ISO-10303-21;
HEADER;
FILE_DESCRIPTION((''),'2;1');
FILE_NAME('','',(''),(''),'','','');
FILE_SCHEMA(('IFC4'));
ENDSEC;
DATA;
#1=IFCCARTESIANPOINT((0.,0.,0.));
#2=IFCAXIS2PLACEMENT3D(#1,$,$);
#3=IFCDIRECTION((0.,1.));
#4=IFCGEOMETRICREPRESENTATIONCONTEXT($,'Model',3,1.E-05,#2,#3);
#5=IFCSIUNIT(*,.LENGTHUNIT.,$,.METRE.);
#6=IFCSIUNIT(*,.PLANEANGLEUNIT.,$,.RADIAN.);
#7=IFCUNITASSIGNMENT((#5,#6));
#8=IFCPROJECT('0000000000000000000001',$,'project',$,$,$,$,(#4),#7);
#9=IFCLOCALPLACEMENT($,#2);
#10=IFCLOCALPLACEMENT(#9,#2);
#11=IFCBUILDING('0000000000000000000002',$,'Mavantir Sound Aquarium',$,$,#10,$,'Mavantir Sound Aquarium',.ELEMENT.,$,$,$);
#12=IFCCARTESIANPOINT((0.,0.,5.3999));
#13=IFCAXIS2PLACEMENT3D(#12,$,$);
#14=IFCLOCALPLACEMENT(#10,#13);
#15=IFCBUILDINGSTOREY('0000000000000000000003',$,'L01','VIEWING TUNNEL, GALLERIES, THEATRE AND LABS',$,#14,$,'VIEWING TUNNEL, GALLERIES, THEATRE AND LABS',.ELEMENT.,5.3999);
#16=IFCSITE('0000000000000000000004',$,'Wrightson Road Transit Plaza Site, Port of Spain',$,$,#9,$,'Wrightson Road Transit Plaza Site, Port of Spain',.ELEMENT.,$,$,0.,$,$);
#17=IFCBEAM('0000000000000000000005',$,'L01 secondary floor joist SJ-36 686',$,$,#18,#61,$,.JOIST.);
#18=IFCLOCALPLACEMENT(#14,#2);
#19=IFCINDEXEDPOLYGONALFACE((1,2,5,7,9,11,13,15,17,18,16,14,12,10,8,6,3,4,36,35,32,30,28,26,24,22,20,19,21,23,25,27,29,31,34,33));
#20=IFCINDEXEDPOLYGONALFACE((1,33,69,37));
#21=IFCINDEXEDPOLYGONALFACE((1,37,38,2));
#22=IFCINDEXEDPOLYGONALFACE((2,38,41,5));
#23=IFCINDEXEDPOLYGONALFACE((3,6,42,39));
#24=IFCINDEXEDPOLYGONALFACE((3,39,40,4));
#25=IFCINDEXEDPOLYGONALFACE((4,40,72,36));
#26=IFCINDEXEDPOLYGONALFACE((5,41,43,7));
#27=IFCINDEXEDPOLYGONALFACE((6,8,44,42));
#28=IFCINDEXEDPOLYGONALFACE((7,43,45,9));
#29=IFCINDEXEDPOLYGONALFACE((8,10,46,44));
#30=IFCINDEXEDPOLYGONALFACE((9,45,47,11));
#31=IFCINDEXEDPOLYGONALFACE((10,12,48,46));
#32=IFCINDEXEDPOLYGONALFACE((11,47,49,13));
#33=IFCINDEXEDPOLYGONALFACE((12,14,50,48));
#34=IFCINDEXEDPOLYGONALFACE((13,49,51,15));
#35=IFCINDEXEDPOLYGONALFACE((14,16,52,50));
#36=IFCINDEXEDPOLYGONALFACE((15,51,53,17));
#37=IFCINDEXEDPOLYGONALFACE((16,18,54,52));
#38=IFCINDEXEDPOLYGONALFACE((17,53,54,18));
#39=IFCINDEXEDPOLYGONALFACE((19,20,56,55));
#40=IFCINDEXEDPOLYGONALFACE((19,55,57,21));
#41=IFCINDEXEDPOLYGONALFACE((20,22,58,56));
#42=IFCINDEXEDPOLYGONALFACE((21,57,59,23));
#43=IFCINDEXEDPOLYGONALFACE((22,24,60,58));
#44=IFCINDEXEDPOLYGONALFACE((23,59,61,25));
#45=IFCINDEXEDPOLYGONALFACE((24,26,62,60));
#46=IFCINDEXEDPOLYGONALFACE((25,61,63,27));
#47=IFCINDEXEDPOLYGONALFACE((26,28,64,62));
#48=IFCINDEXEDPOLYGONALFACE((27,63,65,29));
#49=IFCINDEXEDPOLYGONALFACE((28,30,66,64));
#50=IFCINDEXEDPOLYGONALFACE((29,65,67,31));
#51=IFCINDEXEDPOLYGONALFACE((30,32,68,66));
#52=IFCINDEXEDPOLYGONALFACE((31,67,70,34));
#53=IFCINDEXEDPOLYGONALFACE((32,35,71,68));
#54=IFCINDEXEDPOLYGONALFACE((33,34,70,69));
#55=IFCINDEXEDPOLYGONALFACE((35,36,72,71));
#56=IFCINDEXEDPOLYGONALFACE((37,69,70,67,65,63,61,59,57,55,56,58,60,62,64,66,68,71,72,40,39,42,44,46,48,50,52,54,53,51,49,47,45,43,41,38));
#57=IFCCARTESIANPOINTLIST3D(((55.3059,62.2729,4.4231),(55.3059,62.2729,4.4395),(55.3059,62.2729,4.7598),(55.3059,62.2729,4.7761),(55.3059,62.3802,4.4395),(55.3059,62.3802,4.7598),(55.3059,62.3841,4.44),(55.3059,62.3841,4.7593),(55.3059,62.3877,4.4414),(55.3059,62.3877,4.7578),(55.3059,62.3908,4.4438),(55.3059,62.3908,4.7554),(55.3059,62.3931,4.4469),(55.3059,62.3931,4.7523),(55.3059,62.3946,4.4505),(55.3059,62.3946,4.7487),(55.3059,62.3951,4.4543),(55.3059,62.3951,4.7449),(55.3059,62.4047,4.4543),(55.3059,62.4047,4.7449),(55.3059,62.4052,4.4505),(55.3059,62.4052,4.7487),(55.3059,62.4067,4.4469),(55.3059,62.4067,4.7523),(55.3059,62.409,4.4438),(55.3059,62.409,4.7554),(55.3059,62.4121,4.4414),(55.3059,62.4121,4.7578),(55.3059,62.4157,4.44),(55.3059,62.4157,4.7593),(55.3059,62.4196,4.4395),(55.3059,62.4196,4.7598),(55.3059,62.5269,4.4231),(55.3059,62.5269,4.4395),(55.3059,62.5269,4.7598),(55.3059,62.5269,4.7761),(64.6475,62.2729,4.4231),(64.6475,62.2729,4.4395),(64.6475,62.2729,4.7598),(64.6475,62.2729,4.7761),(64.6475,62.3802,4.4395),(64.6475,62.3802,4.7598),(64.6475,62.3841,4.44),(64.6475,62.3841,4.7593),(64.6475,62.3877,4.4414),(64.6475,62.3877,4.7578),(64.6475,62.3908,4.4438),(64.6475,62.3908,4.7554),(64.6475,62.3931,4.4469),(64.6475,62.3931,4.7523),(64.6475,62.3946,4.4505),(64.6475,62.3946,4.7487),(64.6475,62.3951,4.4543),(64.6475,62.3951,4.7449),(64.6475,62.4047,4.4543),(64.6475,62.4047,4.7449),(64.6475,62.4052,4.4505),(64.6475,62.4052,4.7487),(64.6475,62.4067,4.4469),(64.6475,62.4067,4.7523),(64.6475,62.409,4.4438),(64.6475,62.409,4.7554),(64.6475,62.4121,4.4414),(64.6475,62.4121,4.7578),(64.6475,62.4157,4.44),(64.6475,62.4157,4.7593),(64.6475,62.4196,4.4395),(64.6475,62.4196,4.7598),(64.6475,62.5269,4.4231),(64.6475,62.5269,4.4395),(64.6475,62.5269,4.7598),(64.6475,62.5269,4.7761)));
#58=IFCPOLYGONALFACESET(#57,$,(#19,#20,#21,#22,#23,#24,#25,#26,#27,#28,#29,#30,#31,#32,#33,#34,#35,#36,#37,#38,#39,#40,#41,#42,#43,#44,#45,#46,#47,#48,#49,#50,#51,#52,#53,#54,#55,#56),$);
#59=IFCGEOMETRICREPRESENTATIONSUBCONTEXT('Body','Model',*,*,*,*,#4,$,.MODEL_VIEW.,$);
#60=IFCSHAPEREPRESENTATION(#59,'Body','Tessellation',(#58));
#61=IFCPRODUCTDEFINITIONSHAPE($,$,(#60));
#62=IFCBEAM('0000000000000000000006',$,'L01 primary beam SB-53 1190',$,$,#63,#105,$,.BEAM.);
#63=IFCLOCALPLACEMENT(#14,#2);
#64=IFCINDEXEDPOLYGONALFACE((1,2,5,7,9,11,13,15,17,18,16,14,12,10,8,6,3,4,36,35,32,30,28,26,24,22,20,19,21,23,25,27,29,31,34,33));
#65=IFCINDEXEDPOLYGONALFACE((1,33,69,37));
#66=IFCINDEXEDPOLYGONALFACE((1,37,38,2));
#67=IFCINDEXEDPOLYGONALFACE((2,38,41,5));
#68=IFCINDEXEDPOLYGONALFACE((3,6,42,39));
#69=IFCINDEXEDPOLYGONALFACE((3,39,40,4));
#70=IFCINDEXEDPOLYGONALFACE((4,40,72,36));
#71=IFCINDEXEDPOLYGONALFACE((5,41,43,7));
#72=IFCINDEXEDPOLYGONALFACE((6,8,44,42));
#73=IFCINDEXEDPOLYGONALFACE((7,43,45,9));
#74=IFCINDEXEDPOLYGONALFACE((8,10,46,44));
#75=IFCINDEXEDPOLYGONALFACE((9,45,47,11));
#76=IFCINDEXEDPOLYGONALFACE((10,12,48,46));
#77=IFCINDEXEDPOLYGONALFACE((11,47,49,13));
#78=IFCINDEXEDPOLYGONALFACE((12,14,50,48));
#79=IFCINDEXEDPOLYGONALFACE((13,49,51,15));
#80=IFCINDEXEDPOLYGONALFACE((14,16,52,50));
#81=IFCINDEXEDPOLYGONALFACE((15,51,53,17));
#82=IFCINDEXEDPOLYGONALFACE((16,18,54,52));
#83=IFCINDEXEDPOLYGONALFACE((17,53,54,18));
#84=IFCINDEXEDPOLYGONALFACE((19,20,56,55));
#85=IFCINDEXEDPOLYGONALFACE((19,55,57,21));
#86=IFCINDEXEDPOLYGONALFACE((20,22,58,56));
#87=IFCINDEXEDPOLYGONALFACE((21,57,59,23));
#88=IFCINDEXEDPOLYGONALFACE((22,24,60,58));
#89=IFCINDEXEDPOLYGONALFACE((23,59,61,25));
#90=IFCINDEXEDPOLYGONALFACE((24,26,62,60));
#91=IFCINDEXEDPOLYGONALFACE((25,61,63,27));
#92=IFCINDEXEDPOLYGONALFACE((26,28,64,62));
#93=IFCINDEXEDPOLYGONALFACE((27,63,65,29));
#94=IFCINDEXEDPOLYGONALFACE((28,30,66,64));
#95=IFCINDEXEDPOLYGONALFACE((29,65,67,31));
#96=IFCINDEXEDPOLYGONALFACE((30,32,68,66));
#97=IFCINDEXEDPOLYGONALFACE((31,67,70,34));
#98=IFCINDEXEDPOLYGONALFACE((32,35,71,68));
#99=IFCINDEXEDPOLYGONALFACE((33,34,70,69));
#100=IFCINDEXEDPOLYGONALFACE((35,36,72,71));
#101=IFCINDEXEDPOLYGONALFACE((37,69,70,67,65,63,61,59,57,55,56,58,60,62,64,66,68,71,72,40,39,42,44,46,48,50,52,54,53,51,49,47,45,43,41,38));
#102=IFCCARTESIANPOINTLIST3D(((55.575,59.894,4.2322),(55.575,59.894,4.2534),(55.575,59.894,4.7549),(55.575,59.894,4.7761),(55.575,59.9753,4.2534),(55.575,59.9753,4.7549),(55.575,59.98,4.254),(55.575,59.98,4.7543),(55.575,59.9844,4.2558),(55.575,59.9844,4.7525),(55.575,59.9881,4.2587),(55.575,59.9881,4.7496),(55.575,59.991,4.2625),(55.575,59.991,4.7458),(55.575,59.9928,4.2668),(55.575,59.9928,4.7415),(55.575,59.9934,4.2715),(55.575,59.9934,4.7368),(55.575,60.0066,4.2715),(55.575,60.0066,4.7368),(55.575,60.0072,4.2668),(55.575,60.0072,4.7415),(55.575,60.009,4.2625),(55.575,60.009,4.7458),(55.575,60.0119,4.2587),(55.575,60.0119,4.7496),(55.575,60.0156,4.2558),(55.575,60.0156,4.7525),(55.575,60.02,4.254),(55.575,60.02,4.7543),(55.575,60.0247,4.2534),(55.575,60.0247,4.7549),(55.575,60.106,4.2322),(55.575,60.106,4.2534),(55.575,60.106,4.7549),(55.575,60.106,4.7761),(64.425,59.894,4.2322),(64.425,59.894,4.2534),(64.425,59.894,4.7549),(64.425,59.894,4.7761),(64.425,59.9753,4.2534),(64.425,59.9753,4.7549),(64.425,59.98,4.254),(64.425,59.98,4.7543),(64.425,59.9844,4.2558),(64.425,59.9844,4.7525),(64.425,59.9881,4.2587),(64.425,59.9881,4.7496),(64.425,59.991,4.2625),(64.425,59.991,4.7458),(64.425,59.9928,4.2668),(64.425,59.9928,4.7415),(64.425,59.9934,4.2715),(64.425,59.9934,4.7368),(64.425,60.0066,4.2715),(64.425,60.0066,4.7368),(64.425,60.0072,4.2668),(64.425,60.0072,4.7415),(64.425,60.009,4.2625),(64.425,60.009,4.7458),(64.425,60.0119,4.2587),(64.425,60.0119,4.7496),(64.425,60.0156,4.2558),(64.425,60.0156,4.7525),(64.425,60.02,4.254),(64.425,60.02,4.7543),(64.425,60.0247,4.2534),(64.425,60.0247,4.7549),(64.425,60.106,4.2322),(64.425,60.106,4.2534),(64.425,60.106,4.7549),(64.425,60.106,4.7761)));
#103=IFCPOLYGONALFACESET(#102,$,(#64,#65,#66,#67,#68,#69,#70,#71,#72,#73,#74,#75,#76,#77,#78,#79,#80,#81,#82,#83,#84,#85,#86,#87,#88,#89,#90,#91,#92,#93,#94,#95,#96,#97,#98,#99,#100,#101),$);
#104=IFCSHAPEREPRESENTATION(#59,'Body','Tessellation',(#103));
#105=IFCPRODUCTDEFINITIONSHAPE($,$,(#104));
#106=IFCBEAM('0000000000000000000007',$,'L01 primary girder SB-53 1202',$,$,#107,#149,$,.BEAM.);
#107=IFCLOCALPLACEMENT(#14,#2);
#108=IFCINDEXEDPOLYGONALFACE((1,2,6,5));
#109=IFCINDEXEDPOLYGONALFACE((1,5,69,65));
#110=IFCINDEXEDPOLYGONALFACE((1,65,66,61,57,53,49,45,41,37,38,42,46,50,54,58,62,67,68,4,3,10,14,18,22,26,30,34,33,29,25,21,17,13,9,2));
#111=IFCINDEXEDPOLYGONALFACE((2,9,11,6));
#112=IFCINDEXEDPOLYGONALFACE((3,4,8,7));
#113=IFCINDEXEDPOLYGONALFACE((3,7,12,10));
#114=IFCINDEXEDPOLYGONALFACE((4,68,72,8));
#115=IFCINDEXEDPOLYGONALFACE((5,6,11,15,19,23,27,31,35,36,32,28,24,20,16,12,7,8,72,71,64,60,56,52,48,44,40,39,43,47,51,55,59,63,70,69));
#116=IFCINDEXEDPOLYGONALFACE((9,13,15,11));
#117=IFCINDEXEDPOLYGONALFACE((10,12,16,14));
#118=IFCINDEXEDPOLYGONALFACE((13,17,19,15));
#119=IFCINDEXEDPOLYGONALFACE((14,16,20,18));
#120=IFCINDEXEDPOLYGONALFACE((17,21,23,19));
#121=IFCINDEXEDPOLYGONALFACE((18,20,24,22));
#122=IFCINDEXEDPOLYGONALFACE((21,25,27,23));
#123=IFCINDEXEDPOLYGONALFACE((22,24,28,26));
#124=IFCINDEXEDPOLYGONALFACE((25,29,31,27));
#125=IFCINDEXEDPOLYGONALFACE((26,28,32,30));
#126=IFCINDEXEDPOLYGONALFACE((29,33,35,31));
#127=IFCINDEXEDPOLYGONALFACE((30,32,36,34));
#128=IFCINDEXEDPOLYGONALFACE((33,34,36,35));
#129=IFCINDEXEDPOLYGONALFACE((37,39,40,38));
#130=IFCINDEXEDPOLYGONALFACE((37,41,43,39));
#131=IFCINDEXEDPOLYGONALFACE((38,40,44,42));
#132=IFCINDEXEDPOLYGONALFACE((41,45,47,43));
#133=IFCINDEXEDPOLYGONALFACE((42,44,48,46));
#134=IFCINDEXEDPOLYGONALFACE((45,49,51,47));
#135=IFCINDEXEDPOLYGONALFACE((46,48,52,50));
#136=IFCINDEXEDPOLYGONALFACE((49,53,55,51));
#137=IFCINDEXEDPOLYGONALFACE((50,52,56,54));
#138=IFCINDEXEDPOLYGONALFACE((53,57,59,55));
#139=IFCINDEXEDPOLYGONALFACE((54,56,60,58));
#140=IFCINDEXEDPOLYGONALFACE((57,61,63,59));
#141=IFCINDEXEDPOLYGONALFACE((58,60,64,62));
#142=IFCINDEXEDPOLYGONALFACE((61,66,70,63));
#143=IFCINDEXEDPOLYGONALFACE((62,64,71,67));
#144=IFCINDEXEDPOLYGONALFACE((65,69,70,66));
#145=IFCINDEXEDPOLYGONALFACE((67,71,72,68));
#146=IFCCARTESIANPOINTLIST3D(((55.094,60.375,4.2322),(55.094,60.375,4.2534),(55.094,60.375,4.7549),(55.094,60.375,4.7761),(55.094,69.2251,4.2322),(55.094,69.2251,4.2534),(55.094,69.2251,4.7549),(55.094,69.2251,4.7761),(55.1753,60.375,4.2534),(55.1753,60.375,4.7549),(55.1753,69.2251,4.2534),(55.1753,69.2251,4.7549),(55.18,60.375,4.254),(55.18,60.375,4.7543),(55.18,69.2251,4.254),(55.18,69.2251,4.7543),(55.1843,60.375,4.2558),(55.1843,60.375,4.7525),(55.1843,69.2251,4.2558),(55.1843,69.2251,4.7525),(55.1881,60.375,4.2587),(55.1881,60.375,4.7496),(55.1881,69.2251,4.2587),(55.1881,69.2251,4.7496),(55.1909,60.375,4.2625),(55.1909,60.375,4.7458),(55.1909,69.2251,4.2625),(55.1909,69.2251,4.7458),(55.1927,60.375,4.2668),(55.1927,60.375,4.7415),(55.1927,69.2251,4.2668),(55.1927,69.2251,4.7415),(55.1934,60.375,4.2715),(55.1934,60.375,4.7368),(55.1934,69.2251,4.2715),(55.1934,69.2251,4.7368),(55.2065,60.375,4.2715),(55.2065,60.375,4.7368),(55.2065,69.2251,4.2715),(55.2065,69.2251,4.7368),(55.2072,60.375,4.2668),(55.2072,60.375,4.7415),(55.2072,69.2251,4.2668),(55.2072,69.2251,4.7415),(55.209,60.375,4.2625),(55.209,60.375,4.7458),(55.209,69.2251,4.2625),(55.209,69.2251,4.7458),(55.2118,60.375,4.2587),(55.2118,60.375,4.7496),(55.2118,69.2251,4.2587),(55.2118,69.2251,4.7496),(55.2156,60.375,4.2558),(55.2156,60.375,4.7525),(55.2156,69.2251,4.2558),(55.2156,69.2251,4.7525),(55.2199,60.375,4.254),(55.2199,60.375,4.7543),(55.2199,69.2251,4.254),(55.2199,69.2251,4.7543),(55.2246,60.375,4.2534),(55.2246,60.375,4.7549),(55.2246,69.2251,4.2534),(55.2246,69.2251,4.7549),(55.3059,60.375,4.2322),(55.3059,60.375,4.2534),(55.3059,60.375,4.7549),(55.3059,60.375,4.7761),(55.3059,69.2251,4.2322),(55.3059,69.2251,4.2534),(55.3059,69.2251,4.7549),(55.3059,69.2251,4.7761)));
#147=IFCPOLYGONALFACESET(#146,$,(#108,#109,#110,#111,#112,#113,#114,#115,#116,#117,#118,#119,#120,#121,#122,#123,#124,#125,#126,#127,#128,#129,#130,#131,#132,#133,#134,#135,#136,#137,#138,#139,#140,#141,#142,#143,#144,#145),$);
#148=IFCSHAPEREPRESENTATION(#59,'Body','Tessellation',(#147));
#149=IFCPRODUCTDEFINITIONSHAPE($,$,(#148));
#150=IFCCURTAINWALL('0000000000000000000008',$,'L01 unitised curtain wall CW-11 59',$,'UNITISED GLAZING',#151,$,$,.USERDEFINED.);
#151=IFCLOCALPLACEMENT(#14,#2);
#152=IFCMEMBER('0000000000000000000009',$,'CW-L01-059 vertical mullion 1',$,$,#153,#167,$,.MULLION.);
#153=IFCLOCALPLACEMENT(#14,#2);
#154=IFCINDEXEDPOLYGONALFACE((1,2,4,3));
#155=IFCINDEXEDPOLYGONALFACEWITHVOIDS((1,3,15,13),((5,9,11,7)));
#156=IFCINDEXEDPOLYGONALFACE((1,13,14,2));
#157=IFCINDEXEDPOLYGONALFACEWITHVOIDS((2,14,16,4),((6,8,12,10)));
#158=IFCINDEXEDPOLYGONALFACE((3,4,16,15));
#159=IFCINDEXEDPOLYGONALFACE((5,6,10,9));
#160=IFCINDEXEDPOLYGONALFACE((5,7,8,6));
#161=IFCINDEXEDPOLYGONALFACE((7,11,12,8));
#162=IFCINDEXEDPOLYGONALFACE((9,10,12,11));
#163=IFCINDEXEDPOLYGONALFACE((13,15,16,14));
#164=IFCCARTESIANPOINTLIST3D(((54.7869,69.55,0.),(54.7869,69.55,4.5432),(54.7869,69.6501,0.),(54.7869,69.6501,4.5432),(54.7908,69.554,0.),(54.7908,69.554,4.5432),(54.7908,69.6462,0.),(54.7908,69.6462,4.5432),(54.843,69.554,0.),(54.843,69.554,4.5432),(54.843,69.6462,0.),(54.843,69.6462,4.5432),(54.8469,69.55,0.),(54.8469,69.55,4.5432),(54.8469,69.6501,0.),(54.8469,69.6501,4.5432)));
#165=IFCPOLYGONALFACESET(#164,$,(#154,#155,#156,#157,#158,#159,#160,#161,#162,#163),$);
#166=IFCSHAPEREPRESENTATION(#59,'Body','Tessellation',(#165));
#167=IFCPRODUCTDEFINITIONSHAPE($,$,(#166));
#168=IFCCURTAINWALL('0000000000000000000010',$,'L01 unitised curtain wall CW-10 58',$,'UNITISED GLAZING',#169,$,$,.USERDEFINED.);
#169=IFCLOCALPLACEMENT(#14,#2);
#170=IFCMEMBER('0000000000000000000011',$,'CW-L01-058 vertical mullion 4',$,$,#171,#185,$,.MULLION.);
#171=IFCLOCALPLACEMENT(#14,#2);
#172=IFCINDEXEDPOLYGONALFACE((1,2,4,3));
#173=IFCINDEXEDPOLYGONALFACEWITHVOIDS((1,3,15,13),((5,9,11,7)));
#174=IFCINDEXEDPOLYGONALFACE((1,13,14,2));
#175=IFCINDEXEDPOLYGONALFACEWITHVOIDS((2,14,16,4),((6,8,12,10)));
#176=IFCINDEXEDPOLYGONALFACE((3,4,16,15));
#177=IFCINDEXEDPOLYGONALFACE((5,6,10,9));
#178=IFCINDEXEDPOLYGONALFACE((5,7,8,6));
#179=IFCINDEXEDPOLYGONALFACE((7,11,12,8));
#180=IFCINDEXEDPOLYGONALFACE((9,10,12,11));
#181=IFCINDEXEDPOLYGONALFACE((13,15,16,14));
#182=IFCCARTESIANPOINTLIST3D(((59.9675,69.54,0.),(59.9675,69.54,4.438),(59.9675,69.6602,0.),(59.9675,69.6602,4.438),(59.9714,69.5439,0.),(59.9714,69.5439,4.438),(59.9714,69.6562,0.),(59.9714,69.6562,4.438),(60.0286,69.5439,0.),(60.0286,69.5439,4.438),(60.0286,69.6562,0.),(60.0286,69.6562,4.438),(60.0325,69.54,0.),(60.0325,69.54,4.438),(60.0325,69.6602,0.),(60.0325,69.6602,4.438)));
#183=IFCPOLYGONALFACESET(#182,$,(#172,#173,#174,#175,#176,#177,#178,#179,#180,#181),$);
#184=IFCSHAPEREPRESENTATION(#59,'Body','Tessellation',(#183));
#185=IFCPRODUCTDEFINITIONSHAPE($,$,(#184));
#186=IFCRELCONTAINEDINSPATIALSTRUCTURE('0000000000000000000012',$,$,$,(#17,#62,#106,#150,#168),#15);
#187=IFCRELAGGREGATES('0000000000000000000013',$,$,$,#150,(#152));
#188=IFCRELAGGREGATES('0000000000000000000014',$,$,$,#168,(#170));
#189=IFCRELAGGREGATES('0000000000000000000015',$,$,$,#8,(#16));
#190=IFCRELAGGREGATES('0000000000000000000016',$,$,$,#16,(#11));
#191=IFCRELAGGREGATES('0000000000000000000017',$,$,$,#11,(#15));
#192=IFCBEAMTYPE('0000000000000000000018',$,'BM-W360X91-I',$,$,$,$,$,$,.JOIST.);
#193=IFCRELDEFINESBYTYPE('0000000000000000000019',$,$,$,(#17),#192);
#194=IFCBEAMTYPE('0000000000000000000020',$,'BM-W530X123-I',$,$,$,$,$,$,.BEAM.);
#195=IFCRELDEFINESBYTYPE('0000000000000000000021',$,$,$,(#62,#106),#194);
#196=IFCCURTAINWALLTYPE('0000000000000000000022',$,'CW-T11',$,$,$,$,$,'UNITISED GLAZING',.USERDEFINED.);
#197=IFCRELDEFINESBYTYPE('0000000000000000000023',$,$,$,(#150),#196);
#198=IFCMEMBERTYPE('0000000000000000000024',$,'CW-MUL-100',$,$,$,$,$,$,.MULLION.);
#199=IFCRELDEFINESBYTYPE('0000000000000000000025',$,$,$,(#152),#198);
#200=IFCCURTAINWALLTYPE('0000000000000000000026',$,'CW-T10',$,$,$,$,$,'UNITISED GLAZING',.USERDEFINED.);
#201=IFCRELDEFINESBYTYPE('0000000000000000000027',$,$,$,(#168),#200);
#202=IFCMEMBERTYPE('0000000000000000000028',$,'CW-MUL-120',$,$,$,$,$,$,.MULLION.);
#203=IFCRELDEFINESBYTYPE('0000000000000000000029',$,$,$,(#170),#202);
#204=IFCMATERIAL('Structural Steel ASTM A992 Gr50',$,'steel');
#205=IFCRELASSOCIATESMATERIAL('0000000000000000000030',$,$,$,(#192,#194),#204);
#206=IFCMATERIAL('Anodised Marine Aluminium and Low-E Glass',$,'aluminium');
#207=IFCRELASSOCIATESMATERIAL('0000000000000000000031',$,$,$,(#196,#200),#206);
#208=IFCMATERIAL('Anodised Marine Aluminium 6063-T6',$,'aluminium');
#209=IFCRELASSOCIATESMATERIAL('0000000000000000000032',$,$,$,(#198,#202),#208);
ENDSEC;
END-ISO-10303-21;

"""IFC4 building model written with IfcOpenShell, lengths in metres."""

from ifc_helpers import new_model, si_unit, direction, frame, origin, origin_2d, place, context, subcontext, project, spatial, hollow_rectangle, i_section, extrude, material, material_profile, profile_set, type_object, element, aggregate, save


model = new_model("IFC4")

# Units and contexts
model_context = context("Model", 3, precision=1e-05, world=origin(), true_north=direction((0.0, 1.0)))
body_context = subcontext(model_context, "Body", "Model", "MODEL_VIEW")
ifc_project = project(units=[si_unit("LENGTHUNIT", "METRE"), si_unit("PLANEANGLEUNIT", "RADIAN")], contexts=[model_context])

# Site, building, storey
site_placement = place(None, origin())
site = spatial("IfcSite", under=ifc_project, at=site_placement, Name="Wrightson Road Transit Plaza Site, Port of Spain", LongName="Wrightson Road Transit Plaza Site, Port of Spain", CompositionType="ELEMENT", RefElevation=0.0)
building_placement = place(site_placement, origin())
building = spatial("IfcBuilding", under=site, at=building_placement, Name="Mavantir Sound Aquarium", LongName="Mavantir Sound Aquarium", CompositionType="ELEMENT")
storey_placement = place(building_placement, frame((0.0, 0.0, 5.3999)))
storey = spatial("IfcBuildingStorey", under=building, at=storey_placement, Name="L01", Description="VIEWING TUNNEL, GALLERIES, THEATRE AND LABS", LongName="VIEWING TUNNEL, GALLERIES, THEATRE AND LABS", CompositionType="ELEMENT", Elevation=5.3999)

# Beams
ifc_material_1 = material(Name="Structural Steel ASTM A992 Gr50", Category="steel")
ifc_material_profile_1 = material_profile(ifc_material_1, i_section(OverallWidth=0.2539, OverallDepth=0.353, WebThickness=0.0095, FlangeThickness=0.0164, FilletRadius=0.0149, at=origin_2d()), Name="W360X91")
ifc_profile_set_1 = profile_set([ifc_material_profile_1], Name="Structural Steel ASTM A992 Gr50")
beam_type_1 = type_object("IfcBeamType", Name="BM-W360X91-I", PredefinedType="JOIST", material=ifc_profile_set_1)
beam_1_placement = place(storey_placement, frame((55.3059, 62.3999, 4.5996), z_axis=(1.0, 0.0, 0.0), x_axis=(0.0, 1.0, 0.0)))
element("IfcBeam", 1, at=beam_1_placement, inside=storey, type_object=beam_type_1, Name="L01 secondary floor joist SJ-36 686", PredefinedType="JOIST", context=body_context, shape_type="SweptSolid", body=[
    extrude(i_section(OverallWidth=0.2539, OverallDepth=0.353, WebThickness=0.0095, FlangeThickness=0.0164, FilletRadius=0.0149, at=origin_2d()), origin(), (0.0, 0.0, 1.0), 9.3416),
])
ifc_material_profile_2 = material_profile(ifc_material_1, i_section(OverallWidth=0.2119, OverallDepth=0.5439, WebThickness=0.0132, FlangeThickness=0.0212, FilletRadius=0.0181, at=origin_2d()), Name="W530X123")
ifc_profile_set_2 = profile_set([ifc_material_profile_2], Name="Structural Steel ASTM A992 Gr50")
beam_type_2 = type_object("IfcBeamType", Name="BM-W530X123-I", PredefinedType="BEAM", material=ifc_profile_set_2)
for number, where, z_axis, x_axis, name in (
    (2, (55.575, 60.0, 4.5042), (1.0, 0.0, 0.0), (0.0, 1.0, 0.0), "L01 primary beam SB-53 1190"),
    (3, (55.2, 60.375, 4.5042), (0.0, 1.0, 0.0), (-1.0, 0.0, 0.0), "L01 primary girder SB-53 1202"),
):
    element("IfcBeam", number, at=place(storey_placement, frame(where, z_axis=z_axis, x_axis=x_axis)), inside=storey, type_object=beam_type_2, Name=name, PredefinedType="BEAM", context=body_context, shape_type="SweptSolid", body=[
        extrude(i_section(OverallWidth=0.2119, OverallDepth=0.5439, WebThickness=0.0132, FlangeThickness=0.0212, FilletRadius=0.0181, at=origin_2d()), origin(), (0.0, 0.0, 1.0), 8.8501),
    ])

# Curtain wall, member
ifc_material_2 = material(Name="Anodised Marine Aluminium and Low-E Glass", Category="aluminium")
curtain_wall_type_1 = type_object("IfcCurtainWallType", Name="CW-T11", ElementType="UNITISED GLAZING", PredefinedType="USERDEFINED", material=ifc_material_2)
curtain_wall_1_placement = place(storey_placement, origin())
curtain_wall_1 = element("IfcCurtainWall", 4, at=curtain_wall_1_placement, inside=storey, type_object=curtain_wall_type_1, Name="L01 unitised curtain wall CW-11 59", ObjectType="UNITISED GLAZING", PredefinedType="USERDEFINED")
ifc_material_3 = material(Name="Anodised Marine Aluminium 6063-T6", Category="aluminium")
ifc_material_profile_3 = material_profile(ifc_material_3, hollow_rectangle(XDim=0.0601, YDim=0.1001, WallThickness=0.0039, at=origin_2d()), Name="ALU-MULLION-100X60")
ifc_profile_set_3 = profile_set([ifc_material_profile_3], Name="Anodised Marine Aluminium 6063-T6")
member_type_1 = type_object("IfcMemberType", Name="CW-MUL-100", PredefinedType="MULLION", material=ifc_profile_set_3)
member_1_placement = place(storey_placement, frame((54.8169, 69.6001, 0.0), z_axis=(0.0, 0.0, 1.0), x_axis=(1.0, 0.0, 0.0)))
member_1 = element("IfcMember", 5, at=member_1_placement, type_object=member_type_1, Name="CW-L01-059 vertical mullion 1", PredefinedType="MULLION", context=body_context, shape_type="SweptSolid", body=[
    extrude(hollow_rectangle(XDim=0.0601, YDim=0.1001, WallThickness=0.0039, at=origin_2d()), origin(), (0.0, 0.0, 1.0), 4.5432),
])

# Curtain wall, member
curtain_wall_type_2 = type_object("IfcCurtainWallType", Name="CW-T10", ElementType="UNITISED GLAZING", PredefinedType="USERDEFINED", material=ifc_material_2)
curtain_wall_2_placement = place(storey_placement, origin())
curtain_wall_2 = element("IfcCurtainWall", 6, at=curtain_wall_2_placement, inside=storey, type_object=curtain_wall_type_2, Name="L01 unitised curtain wall CW-10 58", ObjectType="UNITISED GLAZING", PredefinedType="USERDEFINED")
ifc_material_profile_4 = material_profile(ifc_material_3, hollow_rectangle(XDim=0.0649, YDim=0.1201, WallThickness=0.0039, at=origin_2d()), Name="ALU-MULLION-120X65")
ifc_profile_set_4 = profile_set([ifc_material_profile_4], Name="Anodised Marine Aluminium 6063-T6")
member_type_2 = type_object("IfcMemberType", Name="CW-MUL-120", PredefinedType="MULLION", material=ifc_profile_set_4)
member_2_placement = place(storey_placement, frame((60.0, 69.6001, 0.0), z_axis=(0.0, 0.0, 1.0), x_axis=(1.0, 0.0, 0.0)))
member_2 = element("IfcMember", 7, at=member_2_placement, type_object=member_type_2, Name="CW-L01-058 vertical mullion 4", PredefinedType="MULLION", context=body_context, shape_type="SweptSolid", body=[
    extrude(hollow_rectangle(XDim=0.0649, YDim=0.1201, WallThickness=0.0039, at=origin_2d()), origin(), (0.0, 0.0, 1.0), 4.438),
])

aggregate(curtain_wall_1, [member_1])
aggregate(curtain_wall_2, [member_2])

save(model, "model.ifc")
